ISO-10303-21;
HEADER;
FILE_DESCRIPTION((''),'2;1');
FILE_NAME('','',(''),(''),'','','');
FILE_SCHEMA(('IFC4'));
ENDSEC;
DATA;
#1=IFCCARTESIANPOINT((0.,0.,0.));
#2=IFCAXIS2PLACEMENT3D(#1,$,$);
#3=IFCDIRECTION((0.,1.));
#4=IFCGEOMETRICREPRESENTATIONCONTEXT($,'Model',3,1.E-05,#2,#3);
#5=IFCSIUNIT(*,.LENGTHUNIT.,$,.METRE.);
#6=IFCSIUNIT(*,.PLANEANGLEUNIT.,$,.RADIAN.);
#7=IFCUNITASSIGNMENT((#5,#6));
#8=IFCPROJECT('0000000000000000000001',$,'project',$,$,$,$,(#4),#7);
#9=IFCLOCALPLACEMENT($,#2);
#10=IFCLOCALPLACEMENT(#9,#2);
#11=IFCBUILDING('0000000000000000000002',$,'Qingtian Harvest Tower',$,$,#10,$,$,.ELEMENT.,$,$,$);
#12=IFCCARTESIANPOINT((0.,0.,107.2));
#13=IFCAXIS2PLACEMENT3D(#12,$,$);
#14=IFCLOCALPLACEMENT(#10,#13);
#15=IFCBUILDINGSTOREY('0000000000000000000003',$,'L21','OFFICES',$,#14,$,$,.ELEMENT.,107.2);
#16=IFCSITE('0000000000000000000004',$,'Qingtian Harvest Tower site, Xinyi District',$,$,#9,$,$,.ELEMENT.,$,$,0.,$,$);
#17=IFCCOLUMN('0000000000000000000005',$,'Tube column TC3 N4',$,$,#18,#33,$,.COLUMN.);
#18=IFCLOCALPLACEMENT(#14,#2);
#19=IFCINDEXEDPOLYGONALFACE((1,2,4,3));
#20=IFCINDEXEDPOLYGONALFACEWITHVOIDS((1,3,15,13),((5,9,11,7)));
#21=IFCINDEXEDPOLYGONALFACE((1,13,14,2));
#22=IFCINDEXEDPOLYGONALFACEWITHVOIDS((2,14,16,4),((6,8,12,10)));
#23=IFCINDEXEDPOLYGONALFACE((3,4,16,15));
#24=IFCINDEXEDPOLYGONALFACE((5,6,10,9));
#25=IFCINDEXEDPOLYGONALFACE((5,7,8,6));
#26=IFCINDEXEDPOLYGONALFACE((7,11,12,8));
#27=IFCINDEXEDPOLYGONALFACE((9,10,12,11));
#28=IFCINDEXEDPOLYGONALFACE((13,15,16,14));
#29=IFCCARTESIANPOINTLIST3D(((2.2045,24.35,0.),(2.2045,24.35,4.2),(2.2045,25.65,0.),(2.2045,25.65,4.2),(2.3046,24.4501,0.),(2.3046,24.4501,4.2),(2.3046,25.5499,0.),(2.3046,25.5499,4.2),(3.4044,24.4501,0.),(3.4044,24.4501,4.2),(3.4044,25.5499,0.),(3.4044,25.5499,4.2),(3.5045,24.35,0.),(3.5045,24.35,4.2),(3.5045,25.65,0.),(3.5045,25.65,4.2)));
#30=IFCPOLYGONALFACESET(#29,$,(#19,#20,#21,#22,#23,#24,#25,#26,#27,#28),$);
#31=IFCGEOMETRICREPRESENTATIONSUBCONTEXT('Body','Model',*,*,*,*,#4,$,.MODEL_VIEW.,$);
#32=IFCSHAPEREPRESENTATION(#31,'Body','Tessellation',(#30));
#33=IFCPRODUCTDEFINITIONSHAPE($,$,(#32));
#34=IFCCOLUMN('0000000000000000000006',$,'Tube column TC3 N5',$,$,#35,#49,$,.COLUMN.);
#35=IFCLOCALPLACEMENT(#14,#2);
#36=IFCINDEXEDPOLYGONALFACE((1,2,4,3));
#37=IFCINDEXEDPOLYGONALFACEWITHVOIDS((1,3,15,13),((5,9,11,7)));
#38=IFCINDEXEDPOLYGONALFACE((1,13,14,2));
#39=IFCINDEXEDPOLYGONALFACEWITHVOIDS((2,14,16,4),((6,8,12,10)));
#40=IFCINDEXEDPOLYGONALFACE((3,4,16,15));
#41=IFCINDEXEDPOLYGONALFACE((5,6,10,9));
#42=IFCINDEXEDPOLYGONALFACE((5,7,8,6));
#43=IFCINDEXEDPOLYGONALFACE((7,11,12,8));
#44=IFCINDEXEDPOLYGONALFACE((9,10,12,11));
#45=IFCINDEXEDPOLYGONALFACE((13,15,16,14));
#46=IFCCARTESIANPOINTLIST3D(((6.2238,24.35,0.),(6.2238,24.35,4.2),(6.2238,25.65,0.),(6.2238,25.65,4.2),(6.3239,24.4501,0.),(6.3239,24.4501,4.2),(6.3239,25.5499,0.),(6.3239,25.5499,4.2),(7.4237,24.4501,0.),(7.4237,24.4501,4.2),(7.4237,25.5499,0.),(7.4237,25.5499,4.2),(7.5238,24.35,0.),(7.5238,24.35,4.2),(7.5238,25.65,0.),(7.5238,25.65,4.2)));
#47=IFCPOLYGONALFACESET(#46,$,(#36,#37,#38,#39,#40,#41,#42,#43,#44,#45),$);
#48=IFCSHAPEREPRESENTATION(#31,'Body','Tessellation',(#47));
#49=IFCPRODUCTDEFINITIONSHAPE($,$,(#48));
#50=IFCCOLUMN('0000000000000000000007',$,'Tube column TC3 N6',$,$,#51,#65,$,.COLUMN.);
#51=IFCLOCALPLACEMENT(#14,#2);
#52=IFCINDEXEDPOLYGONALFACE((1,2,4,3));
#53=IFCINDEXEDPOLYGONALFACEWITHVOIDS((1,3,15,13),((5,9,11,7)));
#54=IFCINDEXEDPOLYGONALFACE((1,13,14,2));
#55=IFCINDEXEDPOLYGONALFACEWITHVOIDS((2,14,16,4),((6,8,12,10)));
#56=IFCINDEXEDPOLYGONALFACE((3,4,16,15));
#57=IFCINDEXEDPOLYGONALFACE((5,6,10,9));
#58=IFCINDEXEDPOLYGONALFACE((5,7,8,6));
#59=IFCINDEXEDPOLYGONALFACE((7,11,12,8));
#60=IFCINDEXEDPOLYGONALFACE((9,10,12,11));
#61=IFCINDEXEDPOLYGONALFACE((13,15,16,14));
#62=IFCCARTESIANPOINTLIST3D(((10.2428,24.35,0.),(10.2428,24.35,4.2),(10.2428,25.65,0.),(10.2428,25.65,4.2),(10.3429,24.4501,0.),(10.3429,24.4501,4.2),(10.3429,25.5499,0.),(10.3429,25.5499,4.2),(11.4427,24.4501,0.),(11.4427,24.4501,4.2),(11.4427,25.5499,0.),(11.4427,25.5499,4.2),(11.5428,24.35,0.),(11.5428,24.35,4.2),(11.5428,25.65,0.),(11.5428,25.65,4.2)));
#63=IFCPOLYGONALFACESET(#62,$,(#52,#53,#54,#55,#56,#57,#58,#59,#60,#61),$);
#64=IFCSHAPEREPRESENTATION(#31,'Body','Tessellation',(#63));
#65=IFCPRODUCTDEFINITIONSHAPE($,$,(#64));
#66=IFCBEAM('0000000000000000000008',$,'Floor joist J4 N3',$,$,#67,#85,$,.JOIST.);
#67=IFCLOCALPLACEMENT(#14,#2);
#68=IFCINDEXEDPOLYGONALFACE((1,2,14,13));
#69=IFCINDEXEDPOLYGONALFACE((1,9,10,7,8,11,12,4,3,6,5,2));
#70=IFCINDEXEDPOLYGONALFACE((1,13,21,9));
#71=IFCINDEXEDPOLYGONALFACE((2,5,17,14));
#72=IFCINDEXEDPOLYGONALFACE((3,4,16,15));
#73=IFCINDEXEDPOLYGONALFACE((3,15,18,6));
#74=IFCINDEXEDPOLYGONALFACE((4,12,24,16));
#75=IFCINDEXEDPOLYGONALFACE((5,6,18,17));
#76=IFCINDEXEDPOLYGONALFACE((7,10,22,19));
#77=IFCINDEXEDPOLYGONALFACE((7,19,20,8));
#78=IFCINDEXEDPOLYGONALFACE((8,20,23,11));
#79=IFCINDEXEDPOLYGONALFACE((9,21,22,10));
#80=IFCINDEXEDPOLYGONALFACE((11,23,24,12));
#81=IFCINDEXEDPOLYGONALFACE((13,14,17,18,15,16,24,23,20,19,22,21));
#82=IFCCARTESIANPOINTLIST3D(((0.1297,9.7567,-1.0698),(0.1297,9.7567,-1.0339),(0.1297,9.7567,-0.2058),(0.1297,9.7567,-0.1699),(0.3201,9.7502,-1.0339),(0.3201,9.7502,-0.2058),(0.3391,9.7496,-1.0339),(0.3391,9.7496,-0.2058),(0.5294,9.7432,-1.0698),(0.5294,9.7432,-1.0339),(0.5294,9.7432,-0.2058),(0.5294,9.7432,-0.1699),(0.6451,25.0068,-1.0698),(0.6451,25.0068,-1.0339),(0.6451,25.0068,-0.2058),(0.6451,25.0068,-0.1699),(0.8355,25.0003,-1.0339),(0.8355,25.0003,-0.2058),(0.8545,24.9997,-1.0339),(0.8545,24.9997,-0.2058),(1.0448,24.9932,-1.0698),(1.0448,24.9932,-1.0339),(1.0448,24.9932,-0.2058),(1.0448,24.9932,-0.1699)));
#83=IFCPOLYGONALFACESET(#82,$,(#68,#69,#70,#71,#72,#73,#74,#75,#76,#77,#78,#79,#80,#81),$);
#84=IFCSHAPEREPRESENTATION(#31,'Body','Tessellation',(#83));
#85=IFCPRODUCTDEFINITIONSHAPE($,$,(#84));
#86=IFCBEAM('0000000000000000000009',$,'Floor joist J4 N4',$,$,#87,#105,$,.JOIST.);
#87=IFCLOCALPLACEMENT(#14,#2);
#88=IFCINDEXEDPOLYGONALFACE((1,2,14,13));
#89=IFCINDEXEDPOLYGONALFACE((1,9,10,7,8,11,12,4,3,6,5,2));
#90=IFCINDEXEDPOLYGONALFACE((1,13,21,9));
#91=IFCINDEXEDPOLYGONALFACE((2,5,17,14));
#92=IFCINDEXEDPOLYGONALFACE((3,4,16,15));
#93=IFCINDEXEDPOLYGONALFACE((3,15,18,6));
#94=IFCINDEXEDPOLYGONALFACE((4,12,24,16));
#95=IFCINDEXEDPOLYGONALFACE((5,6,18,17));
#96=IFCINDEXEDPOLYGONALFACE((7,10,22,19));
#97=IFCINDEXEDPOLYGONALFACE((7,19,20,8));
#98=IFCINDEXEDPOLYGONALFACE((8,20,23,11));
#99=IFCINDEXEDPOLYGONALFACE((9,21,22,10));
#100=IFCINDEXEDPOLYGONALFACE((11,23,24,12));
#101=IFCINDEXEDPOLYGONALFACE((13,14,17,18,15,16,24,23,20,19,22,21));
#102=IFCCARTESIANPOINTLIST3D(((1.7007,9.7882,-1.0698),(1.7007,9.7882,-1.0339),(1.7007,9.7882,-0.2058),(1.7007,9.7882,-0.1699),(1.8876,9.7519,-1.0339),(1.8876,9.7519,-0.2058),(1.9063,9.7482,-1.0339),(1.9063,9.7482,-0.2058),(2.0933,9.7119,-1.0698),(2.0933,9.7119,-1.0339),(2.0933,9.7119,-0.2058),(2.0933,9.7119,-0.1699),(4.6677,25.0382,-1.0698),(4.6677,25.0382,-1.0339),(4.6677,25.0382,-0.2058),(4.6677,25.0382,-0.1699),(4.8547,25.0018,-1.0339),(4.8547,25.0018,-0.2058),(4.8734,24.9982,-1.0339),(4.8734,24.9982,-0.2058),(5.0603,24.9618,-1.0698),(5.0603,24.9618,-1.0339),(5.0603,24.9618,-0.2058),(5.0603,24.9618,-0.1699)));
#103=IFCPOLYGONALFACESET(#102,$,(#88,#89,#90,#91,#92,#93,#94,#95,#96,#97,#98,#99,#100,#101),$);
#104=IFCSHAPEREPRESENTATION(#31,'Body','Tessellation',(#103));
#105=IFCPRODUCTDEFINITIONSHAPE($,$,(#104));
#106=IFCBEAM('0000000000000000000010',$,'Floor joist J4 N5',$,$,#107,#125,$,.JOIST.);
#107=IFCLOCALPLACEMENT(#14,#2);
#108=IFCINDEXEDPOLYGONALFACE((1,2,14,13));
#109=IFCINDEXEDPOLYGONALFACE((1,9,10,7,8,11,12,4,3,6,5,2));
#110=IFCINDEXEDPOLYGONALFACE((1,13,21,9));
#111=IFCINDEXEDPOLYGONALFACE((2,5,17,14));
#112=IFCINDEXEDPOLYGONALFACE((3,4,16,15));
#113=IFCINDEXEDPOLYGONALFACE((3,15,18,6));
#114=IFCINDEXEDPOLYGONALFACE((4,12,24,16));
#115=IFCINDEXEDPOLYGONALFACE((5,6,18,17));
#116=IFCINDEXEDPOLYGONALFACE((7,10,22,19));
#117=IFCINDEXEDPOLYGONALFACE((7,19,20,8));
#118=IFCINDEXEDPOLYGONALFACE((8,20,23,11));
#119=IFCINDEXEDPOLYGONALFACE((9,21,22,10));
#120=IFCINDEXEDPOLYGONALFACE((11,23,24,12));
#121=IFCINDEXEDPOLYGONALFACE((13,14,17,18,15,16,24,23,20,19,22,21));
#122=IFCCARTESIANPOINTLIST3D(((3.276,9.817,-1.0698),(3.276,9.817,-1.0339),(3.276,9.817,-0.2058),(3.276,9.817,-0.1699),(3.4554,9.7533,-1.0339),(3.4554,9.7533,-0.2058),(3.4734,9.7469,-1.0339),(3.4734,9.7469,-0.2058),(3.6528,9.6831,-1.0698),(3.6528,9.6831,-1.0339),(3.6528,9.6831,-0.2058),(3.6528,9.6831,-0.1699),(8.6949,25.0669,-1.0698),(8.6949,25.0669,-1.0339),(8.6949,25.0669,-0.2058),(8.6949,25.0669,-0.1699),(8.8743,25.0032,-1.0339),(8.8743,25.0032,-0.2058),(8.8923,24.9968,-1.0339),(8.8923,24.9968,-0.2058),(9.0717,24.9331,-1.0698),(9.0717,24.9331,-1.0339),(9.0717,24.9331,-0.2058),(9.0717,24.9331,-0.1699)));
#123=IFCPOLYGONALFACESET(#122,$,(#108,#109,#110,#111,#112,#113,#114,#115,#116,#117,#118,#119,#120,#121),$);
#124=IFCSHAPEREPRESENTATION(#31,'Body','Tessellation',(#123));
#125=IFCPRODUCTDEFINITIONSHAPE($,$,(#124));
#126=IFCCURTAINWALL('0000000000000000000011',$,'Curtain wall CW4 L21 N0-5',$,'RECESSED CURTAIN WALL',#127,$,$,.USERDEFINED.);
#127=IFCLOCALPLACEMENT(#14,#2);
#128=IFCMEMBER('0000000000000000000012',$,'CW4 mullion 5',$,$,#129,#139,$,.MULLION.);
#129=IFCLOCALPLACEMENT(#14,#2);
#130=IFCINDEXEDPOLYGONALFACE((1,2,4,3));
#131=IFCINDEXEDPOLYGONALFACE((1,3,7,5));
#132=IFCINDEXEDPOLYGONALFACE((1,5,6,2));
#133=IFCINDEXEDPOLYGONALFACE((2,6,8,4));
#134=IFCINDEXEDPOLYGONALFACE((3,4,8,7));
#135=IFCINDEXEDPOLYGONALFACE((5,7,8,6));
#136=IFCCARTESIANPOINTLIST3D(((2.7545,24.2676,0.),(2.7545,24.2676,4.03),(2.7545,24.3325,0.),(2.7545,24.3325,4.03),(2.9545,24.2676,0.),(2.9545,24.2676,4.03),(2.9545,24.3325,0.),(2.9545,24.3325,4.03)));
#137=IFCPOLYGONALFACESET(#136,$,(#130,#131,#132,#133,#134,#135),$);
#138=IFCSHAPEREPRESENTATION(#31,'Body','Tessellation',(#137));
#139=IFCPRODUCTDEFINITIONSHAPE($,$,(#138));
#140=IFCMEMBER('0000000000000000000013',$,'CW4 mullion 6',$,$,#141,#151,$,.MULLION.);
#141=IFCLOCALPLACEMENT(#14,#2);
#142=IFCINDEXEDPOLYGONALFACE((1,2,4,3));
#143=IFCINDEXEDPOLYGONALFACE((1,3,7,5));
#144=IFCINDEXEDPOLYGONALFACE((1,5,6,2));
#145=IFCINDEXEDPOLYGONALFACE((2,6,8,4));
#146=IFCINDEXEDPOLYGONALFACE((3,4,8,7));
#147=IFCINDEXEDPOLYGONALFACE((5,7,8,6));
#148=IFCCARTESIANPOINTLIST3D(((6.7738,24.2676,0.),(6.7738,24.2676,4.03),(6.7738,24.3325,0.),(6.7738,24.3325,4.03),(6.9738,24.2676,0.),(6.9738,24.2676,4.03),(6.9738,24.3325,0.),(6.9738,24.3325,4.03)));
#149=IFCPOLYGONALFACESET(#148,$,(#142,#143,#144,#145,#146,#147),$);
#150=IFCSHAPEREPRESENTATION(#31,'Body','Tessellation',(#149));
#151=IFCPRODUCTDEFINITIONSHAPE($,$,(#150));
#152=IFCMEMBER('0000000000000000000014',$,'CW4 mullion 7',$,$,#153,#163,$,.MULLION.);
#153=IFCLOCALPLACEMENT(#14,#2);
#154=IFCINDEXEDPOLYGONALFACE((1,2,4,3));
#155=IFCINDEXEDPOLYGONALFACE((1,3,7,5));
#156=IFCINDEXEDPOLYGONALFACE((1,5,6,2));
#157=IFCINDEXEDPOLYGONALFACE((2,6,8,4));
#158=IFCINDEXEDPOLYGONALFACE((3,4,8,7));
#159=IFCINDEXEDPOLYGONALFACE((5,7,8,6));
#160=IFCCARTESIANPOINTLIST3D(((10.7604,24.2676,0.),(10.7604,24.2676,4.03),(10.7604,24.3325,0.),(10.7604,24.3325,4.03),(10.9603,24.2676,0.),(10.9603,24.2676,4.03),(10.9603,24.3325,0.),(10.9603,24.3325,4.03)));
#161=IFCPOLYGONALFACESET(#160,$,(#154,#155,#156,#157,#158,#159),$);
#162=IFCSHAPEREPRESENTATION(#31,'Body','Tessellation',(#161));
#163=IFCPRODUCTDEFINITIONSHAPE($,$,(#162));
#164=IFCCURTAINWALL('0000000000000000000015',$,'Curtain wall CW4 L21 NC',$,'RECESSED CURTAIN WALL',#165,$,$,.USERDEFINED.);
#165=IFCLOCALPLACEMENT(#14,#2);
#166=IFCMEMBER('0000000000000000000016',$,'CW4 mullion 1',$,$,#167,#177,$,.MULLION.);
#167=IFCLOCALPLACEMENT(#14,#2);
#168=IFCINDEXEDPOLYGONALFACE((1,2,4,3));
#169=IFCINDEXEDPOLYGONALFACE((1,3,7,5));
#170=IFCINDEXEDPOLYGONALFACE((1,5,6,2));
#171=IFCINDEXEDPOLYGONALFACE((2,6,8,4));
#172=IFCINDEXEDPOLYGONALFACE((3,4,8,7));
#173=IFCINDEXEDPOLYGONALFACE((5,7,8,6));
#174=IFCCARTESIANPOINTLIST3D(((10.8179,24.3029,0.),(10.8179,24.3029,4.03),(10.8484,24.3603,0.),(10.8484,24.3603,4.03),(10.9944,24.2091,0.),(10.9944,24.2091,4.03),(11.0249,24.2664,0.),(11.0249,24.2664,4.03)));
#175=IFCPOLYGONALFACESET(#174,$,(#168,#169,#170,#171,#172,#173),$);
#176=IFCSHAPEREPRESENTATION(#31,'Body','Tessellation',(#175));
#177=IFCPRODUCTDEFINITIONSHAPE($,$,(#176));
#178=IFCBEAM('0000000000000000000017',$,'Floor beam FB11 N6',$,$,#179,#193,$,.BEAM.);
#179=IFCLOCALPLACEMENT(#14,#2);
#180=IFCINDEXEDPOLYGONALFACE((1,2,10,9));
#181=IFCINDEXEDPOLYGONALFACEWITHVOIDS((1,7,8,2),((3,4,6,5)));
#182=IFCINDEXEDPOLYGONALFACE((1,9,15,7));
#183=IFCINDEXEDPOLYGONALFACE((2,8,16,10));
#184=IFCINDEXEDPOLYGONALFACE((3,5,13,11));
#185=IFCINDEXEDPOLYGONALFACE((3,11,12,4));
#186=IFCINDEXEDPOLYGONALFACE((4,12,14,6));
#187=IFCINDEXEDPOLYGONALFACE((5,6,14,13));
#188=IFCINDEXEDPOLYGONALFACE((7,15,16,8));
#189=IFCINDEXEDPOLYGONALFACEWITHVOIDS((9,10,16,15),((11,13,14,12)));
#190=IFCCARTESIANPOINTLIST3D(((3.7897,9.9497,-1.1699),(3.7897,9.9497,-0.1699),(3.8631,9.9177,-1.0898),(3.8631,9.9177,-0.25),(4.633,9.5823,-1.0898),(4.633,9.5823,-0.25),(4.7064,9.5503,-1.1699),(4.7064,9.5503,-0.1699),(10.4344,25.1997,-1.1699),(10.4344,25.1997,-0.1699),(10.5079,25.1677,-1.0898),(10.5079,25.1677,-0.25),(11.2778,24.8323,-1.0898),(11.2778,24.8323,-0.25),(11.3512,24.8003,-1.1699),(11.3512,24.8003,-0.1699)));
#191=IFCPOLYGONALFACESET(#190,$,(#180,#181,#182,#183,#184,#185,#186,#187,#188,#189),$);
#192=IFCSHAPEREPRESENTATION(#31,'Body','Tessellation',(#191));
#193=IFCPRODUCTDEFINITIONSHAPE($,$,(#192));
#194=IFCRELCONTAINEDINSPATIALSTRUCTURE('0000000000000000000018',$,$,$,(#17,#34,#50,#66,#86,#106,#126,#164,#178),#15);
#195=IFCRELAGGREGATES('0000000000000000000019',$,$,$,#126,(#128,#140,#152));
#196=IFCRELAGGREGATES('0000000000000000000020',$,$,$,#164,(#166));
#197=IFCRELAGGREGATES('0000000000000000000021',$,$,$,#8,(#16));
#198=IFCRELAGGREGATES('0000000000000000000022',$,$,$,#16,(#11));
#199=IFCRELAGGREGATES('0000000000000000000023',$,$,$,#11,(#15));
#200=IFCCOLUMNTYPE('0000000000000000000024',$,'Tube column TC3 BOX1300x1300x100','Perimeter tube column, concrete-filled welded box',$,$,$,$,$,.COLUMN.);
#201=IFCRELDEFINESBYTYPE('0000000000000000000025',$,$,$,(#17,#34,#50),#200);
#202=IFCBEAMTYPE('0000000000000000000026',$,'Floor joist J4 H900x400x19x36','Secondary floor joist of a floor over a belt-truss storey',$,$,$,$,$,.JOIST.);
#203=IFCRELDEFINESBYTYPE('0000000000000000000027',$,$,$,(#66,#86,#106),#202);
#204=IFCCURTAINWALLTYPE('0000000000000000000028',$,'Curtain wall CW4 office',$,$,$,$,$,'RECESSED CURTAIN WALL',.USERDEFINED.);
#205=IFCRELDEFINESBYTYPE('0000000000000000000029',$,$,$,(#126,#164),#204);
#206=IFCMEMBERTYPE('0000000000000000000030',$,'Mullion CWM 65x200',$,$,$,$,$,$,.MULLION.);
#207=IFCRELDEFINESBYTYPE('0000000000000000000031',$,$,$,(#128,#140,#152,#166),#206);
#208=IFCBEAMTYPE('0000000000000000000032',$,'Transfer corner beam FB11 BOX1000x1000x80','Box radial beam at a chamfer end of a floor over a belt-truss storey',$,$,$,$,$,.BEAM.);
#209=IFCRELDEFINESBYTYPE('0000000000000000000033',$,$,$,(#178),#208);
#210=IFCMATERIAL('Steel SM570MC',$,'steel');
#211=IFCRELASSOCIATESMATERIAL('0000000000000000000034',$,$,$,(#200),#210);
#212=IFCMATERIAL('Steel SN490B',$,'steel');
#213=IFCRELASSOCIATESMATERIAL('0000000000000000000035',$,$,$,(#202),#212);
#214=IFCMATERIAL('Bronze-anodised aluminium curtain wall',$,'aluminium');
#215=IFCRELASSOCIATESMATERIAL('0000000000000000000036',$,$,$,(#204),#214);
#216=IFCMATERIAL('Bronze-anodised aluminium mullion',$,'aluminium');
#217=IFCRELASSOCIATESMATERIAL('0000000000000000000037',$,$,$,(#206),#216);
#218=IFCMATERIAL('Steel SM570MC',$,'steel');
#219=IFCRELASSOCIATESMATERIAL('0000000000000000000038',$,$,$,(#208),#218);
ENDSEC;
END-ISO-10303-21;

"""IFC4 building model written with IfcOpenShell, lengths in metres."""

from ifc_helpers import new_model, si_unit, direction, frame, origin, origin_2d, place, context, subcontext, project, spatial, rectangle, hollow_rectangle, i_section, extrude, material, material_profile, profile_set, type_object, element, aggregate, save


model = new_model("IFC4")

# Units and contexts
model_context = context("Model", 3, precision=1e-05, world=origin(), true_north=direction((0.0, 1.0)))
body_context = subcontext(model_context, "Body", "Model", "MODEL_VIEW")
ifc_project = project(units=[si_unit("LENGTHUNIT", "METRE"), si_unit("PLANEANGLEUNIT", "RADIAN")], contexts=[model_context])

# Site, building, storey
site_placement = place(None, origin())
site = spatial("IfcSite", under=ifc_project, at=site_placement, Name="Qingtian Harvest Tower site, Xinyi District", CompositionType="ELEMENT", RefElevation=0.0)
building_placement = place(site_placement, origin())
building = spatial("IfcBuilding", under=site, at=building_placement, Name="Qingtian Harvest Tower", CompositionType="ELEMENT")
storey_placement = place(building_placement, frame((0.0, 0.0, 107.2)))
storey = spatial("IfcBuildingStorey", under=building, at=storey_placement, Name="L21", Description="OFFICES", CompositionType="ELEMENT", Elevation=107.2)

# Columns
ifc_material_1 = material(Name="Steel SM570MC", Category="steel")
ifc_material_profile_1 = material_profile(ifc_material_1, hollow_rectangle(XDim=1.3, YDim=1.3, WallThickness=0.1001, at=origin_2d()), Name="BOX1300x1300x100")
ifc_profile_set_1 = profile_set([ifc_material_profile_1], Name="Steel SM570MC")
column_type = type_object("IfcColumnType", Name="Tube column TC3 BOX1300x1300x100", Description="Perimeter tube column, concrete-filled welded box", PredefinedType="COLUMN", material=ifc_profile_set_1)
for number, where, z_axis, x_axis, name in (
    (1, (2.8545, 25.0, 0.0), (0.0, 0.0, 1.0), (-1.0, 0.0, 0.0), "Tube column TC3 N4"),
    (2, (6.8738, 25.0, 0.0), (0.0, 0.0, 1.0), (-1.0, 0.0, 0.0), "Tube column TC3 N5"),
    (3, (10.8928, 25.0, 0.0), (0.0, 0.0, 1.0), (-1.0, 0.0, 0.0), "Tube column TC3 N6"),
):
    element("IfcColumn", number, at=place(storey_placement, frame(where, z_axis=z_axis, x_axis=x_axis)), inside=storey, type_object=column_type, Name=name, PredefinedType="COLUMN", context=body_context, shape_type="SweptSolid", body=[
        extrude(hollow_rectangle(XDim=1.3, YDim=1.3, WallThickness=0.1001, at=origin_2d()), origin(), (0.0, 0.0, 1.0), 4.2),
    ])

# Beams
ifc_material_2 = material(Name="Steel SN490B", Category="steel")
ifc_material_profile_2 = material_profile(ifc_material_2, i_section(OverallWidth=0.3999, OverallDepth=0.8999, WebThickness=0.019, FlangeThickness=0.0359, at=origin_2d()), Name="H900x400x19x36")
ifc_profile_set_2 = profile_set([ifc_material_profile_2], Name="Steel SN490B")
beam_type_1 = type_object("IfcBeamType", Name="Floor joist J4 H900x400x19x36", Description="Secondary floor joist of a floor over a belt-truss storey", PredefinedType="JOIST", material=ifc_profile_set_2)
beam_1_placement = place(storey_placement, frame((0.845, 25.0, -0.6199), z_axis=(-0.033776, -0.999429, 0.0), x_axis=(0.999429, -0.033776, 0.0)))
element("IfcBeam", 4, at=beam_1_placement, inside=storey, type_object=beam_type_1, Name="Floor joist J4 N3", PredefinedType="JOIST", context=body_context, shape_type="SweptSolid", body=[
    extrude(i_section(OverallWidth=0.3999, OverallDepth=0.8999, WebThickness=0.019, FlangeThickness=0.0359, at=origin_2d()), origin(), (0.0, 0.0, 1.0), 15.2588),
])
beam_2_placement = place(storey_placement, frame((4.864, 25.0, -0.6199), z_axis=(-0.190979, -0.981594, 0.0), x_axis=(0.981594, -0.190979, 0.0)))
element("IfcBeam", 5, at=beam_2_placement, inside=storey, type_object=beam_type_1, Name="Floor joist J4 N4", PredefinedType="JOIST", context=body_context, shape_type="SweptSolid", body=[
    extrude(i_section(OverallWidth=0.3999, OverallDepth=0.8999, WebThickness=0.019, FlangeThickness=0.0359, at=origin_2d()), origin(), (0.0, 0.0, 1.0), 15.5359),
])
beam_3_placement = place(storey_placement, frame((8.8833, 25.0, -0.6199), z_axis=(-0.33483, -0.942279, 0.0), x_axis=(0.942279, -0.33483, 0.0)))
element("IfcBeam", 6, at=beam_3_placement, inside=storey, type_object=beam_type_1, Name="Floor joist J4 N5", PredefinedType="JOIST", context=body_context, shape_type="SweptSolid", body=[
    extrude(i_section(OverallWidth=0.3999, OverallDepth=0.8999, WebThickness=0.019, FlangeThickness=0.0359, at=origin_2d()), origin(), (0.0, 0.0, 1.0), 16.1841),
])

# Curtain wall, members
ifc_material_3 = material(Name="Bronze-anodised aluminium curtain wall", Category="aluminium")
curtain_wall_type = type_object("IfcCurtainWallType", Name="Curtain wall CW4 office", ElementType="RECESSED CURTAIN WALL", PredefinedType="USERDEFINED", material=ifc_material_3)
curtain_wall_1_placement = place(storey_placement, origin())
curtain_wall_1 = element("IfcCurtainWall", 7, at=curtain_wall_1_placement, inside=storey, type_object=curtain_wall_type, Name="Curtain wall CW4 L21 N0-5", ObjectType="RECESSED CURTAIN WALL", PredefinedType="USERDEFINED")
ifc_material_4 = material(Name="Bronze-anodised aluminium mullion", Category="aluminium")
ifc_material_profile_3 = material_profile(ifc_material_4, rectangle(XDim=0.0649, YDim=0.2, at=origin_2d()), Name="AL 65x200")
ifc_profile_set_3 = profile_set([ifc_material_profile_3], Name="Bronze-anodised aluminium mullion")
member_type_1 = type_object("IfcMemberType", Name="Mullion CWM 65x200", PredefinedType="MULLION", material=ifc_profile_set_3)
member_1_placement = place(storey_placement, frame((2.8545, 24.3, 0.0), z_axis=(0.0, 0.0, 1.0), x_axis=(0.0, 1.0, 0.0)))
member_1 = element("IfcMember", 8, at=member_1_placement, type_object=member_type_1, Name="CW4 mullion 5", PredefinedType="MULLION", context=body_context, shape_type="SweptSolid", body=[
    extrude(rectangle(XDim=0.0649, YDim=0.2, at=origin_2d()), origin(), (0.0, 0.0, 1.0), 4.03),
])
member_2_placement = place(storey_placement, frame((6.8738, 24.3, 0.0), z_axis=(0.0, 0.0, 1.0), x_axis=(0.0, 1.0, 0.0)))
member_2 = element("IfcMember", 9, at=member_2_placement, type_object=member_type_1, Name="CW4 mullion 6", PredefinedType="MULLION", context=body_context, shape_type="SweptSolid", body=[
    extrude(rectangle(XDim=0.0649, YDim=0.2, at=origin_2d()), origin(), (0.0, 0.0, 1.0), 4.03),
])
member_3_placement = place(storey_placement, frame((10.8604, 24.3, 0.0), z_axis=(0.0, 0.0, 1.0), x_axis=(0.0, 1.0, 0.0)))
member_3 = element("IfcMember", 10, at=member_3_placement, type_object=member_type_1, Name="CW4 mullion 7", PredefinedType="MULLION", context=body_context, shape_type="SweptSolid", body=[
    extrude(rectangle(XDim=0.0649, YDim=0.2, at=origin_2d()), origin(), (0.0, 0.0, 1.0), 4.03),
])

# Curtain wall, member
curtain_wall_2_placement = place(storey_placement, origin())
curtain_wall_2 = element("IfcCurtainWall", 11, at=curtain_wall_2_placement, inside=storey, type_object=curtain_wall_type, Name="Curtain wall CW4 L21 NC", ObjectType="RECESSED CURTAIN WALL", PredefinedType="USERDEFINED")
member_4_placement = place(storey_placement, frame((10.9214, 24.2847, 0.0), z_axis=(0.0, 0.0, 1.0), x_axis=(0.469472, 0.882948, 0.0)))
member_4 = element("IfcMember", 12, at=member_4_placement, type_object=member_type_1, Name="CW4 mullion 1", PredefinedType="MULLION", context=body_context, shape_type="SweptSolid", body=[
    extrude(rectangle(XDim=0.0649, YDim=0.2, at=origin_2d()), origin(), (0.0, 0.0, 1.0), 4.03),
])

# Beam
ifc_material_5 = material(Name="Steel SM570MC", Category="steel")
ifc_material_profile_4 = material_profile(ifc_material_5, hollow_rectangle(XDim=1.0, YDim=1.0, WallThickness=0.0801, at=origin_2d()), Name="BOX1000x1000x80")
ifc_profile_set_4 = profile_set([ifc_material_profile_4], Name="Steel SM570MC")
beam_type_2 = type_object("IfcBeamType", Name="Transfer corner beam FB11 BOX1000x1000x80", Description="Box radial beam at a chamfer end of a floor over a belt-truss storey", PredefinedType="BEAM", material=ifc_profile_set_4)
beam_4_placement = place(storey_placement, frame((10.8928, 25.0, -0.6699), z_axis=(-0.399451, -0.916755, 0.0), x_axis=(0.916755, -0.399451, 0.0)))
element("IfcBeam", 13, at=beam_4_placement, inside=storey, type_object=beam_type_2, Name="Floor beam FB11 N6", PredefinedType="BEAM", context=body_context, shape_type="SweptSolid", body=[
    extrude(hollow_rectangle(XDim=1.0, YDim=1.0, WallThickness=0.0801, at=origin_2d()), origin(), (0.0, 0.0, 1.0), 16.6348),
])

aggregate(curtain_wall_1, [member_1, member_2, member_3])
aggregate(curtain_wall_2, [member_4])

save(model, "model.ifc")
